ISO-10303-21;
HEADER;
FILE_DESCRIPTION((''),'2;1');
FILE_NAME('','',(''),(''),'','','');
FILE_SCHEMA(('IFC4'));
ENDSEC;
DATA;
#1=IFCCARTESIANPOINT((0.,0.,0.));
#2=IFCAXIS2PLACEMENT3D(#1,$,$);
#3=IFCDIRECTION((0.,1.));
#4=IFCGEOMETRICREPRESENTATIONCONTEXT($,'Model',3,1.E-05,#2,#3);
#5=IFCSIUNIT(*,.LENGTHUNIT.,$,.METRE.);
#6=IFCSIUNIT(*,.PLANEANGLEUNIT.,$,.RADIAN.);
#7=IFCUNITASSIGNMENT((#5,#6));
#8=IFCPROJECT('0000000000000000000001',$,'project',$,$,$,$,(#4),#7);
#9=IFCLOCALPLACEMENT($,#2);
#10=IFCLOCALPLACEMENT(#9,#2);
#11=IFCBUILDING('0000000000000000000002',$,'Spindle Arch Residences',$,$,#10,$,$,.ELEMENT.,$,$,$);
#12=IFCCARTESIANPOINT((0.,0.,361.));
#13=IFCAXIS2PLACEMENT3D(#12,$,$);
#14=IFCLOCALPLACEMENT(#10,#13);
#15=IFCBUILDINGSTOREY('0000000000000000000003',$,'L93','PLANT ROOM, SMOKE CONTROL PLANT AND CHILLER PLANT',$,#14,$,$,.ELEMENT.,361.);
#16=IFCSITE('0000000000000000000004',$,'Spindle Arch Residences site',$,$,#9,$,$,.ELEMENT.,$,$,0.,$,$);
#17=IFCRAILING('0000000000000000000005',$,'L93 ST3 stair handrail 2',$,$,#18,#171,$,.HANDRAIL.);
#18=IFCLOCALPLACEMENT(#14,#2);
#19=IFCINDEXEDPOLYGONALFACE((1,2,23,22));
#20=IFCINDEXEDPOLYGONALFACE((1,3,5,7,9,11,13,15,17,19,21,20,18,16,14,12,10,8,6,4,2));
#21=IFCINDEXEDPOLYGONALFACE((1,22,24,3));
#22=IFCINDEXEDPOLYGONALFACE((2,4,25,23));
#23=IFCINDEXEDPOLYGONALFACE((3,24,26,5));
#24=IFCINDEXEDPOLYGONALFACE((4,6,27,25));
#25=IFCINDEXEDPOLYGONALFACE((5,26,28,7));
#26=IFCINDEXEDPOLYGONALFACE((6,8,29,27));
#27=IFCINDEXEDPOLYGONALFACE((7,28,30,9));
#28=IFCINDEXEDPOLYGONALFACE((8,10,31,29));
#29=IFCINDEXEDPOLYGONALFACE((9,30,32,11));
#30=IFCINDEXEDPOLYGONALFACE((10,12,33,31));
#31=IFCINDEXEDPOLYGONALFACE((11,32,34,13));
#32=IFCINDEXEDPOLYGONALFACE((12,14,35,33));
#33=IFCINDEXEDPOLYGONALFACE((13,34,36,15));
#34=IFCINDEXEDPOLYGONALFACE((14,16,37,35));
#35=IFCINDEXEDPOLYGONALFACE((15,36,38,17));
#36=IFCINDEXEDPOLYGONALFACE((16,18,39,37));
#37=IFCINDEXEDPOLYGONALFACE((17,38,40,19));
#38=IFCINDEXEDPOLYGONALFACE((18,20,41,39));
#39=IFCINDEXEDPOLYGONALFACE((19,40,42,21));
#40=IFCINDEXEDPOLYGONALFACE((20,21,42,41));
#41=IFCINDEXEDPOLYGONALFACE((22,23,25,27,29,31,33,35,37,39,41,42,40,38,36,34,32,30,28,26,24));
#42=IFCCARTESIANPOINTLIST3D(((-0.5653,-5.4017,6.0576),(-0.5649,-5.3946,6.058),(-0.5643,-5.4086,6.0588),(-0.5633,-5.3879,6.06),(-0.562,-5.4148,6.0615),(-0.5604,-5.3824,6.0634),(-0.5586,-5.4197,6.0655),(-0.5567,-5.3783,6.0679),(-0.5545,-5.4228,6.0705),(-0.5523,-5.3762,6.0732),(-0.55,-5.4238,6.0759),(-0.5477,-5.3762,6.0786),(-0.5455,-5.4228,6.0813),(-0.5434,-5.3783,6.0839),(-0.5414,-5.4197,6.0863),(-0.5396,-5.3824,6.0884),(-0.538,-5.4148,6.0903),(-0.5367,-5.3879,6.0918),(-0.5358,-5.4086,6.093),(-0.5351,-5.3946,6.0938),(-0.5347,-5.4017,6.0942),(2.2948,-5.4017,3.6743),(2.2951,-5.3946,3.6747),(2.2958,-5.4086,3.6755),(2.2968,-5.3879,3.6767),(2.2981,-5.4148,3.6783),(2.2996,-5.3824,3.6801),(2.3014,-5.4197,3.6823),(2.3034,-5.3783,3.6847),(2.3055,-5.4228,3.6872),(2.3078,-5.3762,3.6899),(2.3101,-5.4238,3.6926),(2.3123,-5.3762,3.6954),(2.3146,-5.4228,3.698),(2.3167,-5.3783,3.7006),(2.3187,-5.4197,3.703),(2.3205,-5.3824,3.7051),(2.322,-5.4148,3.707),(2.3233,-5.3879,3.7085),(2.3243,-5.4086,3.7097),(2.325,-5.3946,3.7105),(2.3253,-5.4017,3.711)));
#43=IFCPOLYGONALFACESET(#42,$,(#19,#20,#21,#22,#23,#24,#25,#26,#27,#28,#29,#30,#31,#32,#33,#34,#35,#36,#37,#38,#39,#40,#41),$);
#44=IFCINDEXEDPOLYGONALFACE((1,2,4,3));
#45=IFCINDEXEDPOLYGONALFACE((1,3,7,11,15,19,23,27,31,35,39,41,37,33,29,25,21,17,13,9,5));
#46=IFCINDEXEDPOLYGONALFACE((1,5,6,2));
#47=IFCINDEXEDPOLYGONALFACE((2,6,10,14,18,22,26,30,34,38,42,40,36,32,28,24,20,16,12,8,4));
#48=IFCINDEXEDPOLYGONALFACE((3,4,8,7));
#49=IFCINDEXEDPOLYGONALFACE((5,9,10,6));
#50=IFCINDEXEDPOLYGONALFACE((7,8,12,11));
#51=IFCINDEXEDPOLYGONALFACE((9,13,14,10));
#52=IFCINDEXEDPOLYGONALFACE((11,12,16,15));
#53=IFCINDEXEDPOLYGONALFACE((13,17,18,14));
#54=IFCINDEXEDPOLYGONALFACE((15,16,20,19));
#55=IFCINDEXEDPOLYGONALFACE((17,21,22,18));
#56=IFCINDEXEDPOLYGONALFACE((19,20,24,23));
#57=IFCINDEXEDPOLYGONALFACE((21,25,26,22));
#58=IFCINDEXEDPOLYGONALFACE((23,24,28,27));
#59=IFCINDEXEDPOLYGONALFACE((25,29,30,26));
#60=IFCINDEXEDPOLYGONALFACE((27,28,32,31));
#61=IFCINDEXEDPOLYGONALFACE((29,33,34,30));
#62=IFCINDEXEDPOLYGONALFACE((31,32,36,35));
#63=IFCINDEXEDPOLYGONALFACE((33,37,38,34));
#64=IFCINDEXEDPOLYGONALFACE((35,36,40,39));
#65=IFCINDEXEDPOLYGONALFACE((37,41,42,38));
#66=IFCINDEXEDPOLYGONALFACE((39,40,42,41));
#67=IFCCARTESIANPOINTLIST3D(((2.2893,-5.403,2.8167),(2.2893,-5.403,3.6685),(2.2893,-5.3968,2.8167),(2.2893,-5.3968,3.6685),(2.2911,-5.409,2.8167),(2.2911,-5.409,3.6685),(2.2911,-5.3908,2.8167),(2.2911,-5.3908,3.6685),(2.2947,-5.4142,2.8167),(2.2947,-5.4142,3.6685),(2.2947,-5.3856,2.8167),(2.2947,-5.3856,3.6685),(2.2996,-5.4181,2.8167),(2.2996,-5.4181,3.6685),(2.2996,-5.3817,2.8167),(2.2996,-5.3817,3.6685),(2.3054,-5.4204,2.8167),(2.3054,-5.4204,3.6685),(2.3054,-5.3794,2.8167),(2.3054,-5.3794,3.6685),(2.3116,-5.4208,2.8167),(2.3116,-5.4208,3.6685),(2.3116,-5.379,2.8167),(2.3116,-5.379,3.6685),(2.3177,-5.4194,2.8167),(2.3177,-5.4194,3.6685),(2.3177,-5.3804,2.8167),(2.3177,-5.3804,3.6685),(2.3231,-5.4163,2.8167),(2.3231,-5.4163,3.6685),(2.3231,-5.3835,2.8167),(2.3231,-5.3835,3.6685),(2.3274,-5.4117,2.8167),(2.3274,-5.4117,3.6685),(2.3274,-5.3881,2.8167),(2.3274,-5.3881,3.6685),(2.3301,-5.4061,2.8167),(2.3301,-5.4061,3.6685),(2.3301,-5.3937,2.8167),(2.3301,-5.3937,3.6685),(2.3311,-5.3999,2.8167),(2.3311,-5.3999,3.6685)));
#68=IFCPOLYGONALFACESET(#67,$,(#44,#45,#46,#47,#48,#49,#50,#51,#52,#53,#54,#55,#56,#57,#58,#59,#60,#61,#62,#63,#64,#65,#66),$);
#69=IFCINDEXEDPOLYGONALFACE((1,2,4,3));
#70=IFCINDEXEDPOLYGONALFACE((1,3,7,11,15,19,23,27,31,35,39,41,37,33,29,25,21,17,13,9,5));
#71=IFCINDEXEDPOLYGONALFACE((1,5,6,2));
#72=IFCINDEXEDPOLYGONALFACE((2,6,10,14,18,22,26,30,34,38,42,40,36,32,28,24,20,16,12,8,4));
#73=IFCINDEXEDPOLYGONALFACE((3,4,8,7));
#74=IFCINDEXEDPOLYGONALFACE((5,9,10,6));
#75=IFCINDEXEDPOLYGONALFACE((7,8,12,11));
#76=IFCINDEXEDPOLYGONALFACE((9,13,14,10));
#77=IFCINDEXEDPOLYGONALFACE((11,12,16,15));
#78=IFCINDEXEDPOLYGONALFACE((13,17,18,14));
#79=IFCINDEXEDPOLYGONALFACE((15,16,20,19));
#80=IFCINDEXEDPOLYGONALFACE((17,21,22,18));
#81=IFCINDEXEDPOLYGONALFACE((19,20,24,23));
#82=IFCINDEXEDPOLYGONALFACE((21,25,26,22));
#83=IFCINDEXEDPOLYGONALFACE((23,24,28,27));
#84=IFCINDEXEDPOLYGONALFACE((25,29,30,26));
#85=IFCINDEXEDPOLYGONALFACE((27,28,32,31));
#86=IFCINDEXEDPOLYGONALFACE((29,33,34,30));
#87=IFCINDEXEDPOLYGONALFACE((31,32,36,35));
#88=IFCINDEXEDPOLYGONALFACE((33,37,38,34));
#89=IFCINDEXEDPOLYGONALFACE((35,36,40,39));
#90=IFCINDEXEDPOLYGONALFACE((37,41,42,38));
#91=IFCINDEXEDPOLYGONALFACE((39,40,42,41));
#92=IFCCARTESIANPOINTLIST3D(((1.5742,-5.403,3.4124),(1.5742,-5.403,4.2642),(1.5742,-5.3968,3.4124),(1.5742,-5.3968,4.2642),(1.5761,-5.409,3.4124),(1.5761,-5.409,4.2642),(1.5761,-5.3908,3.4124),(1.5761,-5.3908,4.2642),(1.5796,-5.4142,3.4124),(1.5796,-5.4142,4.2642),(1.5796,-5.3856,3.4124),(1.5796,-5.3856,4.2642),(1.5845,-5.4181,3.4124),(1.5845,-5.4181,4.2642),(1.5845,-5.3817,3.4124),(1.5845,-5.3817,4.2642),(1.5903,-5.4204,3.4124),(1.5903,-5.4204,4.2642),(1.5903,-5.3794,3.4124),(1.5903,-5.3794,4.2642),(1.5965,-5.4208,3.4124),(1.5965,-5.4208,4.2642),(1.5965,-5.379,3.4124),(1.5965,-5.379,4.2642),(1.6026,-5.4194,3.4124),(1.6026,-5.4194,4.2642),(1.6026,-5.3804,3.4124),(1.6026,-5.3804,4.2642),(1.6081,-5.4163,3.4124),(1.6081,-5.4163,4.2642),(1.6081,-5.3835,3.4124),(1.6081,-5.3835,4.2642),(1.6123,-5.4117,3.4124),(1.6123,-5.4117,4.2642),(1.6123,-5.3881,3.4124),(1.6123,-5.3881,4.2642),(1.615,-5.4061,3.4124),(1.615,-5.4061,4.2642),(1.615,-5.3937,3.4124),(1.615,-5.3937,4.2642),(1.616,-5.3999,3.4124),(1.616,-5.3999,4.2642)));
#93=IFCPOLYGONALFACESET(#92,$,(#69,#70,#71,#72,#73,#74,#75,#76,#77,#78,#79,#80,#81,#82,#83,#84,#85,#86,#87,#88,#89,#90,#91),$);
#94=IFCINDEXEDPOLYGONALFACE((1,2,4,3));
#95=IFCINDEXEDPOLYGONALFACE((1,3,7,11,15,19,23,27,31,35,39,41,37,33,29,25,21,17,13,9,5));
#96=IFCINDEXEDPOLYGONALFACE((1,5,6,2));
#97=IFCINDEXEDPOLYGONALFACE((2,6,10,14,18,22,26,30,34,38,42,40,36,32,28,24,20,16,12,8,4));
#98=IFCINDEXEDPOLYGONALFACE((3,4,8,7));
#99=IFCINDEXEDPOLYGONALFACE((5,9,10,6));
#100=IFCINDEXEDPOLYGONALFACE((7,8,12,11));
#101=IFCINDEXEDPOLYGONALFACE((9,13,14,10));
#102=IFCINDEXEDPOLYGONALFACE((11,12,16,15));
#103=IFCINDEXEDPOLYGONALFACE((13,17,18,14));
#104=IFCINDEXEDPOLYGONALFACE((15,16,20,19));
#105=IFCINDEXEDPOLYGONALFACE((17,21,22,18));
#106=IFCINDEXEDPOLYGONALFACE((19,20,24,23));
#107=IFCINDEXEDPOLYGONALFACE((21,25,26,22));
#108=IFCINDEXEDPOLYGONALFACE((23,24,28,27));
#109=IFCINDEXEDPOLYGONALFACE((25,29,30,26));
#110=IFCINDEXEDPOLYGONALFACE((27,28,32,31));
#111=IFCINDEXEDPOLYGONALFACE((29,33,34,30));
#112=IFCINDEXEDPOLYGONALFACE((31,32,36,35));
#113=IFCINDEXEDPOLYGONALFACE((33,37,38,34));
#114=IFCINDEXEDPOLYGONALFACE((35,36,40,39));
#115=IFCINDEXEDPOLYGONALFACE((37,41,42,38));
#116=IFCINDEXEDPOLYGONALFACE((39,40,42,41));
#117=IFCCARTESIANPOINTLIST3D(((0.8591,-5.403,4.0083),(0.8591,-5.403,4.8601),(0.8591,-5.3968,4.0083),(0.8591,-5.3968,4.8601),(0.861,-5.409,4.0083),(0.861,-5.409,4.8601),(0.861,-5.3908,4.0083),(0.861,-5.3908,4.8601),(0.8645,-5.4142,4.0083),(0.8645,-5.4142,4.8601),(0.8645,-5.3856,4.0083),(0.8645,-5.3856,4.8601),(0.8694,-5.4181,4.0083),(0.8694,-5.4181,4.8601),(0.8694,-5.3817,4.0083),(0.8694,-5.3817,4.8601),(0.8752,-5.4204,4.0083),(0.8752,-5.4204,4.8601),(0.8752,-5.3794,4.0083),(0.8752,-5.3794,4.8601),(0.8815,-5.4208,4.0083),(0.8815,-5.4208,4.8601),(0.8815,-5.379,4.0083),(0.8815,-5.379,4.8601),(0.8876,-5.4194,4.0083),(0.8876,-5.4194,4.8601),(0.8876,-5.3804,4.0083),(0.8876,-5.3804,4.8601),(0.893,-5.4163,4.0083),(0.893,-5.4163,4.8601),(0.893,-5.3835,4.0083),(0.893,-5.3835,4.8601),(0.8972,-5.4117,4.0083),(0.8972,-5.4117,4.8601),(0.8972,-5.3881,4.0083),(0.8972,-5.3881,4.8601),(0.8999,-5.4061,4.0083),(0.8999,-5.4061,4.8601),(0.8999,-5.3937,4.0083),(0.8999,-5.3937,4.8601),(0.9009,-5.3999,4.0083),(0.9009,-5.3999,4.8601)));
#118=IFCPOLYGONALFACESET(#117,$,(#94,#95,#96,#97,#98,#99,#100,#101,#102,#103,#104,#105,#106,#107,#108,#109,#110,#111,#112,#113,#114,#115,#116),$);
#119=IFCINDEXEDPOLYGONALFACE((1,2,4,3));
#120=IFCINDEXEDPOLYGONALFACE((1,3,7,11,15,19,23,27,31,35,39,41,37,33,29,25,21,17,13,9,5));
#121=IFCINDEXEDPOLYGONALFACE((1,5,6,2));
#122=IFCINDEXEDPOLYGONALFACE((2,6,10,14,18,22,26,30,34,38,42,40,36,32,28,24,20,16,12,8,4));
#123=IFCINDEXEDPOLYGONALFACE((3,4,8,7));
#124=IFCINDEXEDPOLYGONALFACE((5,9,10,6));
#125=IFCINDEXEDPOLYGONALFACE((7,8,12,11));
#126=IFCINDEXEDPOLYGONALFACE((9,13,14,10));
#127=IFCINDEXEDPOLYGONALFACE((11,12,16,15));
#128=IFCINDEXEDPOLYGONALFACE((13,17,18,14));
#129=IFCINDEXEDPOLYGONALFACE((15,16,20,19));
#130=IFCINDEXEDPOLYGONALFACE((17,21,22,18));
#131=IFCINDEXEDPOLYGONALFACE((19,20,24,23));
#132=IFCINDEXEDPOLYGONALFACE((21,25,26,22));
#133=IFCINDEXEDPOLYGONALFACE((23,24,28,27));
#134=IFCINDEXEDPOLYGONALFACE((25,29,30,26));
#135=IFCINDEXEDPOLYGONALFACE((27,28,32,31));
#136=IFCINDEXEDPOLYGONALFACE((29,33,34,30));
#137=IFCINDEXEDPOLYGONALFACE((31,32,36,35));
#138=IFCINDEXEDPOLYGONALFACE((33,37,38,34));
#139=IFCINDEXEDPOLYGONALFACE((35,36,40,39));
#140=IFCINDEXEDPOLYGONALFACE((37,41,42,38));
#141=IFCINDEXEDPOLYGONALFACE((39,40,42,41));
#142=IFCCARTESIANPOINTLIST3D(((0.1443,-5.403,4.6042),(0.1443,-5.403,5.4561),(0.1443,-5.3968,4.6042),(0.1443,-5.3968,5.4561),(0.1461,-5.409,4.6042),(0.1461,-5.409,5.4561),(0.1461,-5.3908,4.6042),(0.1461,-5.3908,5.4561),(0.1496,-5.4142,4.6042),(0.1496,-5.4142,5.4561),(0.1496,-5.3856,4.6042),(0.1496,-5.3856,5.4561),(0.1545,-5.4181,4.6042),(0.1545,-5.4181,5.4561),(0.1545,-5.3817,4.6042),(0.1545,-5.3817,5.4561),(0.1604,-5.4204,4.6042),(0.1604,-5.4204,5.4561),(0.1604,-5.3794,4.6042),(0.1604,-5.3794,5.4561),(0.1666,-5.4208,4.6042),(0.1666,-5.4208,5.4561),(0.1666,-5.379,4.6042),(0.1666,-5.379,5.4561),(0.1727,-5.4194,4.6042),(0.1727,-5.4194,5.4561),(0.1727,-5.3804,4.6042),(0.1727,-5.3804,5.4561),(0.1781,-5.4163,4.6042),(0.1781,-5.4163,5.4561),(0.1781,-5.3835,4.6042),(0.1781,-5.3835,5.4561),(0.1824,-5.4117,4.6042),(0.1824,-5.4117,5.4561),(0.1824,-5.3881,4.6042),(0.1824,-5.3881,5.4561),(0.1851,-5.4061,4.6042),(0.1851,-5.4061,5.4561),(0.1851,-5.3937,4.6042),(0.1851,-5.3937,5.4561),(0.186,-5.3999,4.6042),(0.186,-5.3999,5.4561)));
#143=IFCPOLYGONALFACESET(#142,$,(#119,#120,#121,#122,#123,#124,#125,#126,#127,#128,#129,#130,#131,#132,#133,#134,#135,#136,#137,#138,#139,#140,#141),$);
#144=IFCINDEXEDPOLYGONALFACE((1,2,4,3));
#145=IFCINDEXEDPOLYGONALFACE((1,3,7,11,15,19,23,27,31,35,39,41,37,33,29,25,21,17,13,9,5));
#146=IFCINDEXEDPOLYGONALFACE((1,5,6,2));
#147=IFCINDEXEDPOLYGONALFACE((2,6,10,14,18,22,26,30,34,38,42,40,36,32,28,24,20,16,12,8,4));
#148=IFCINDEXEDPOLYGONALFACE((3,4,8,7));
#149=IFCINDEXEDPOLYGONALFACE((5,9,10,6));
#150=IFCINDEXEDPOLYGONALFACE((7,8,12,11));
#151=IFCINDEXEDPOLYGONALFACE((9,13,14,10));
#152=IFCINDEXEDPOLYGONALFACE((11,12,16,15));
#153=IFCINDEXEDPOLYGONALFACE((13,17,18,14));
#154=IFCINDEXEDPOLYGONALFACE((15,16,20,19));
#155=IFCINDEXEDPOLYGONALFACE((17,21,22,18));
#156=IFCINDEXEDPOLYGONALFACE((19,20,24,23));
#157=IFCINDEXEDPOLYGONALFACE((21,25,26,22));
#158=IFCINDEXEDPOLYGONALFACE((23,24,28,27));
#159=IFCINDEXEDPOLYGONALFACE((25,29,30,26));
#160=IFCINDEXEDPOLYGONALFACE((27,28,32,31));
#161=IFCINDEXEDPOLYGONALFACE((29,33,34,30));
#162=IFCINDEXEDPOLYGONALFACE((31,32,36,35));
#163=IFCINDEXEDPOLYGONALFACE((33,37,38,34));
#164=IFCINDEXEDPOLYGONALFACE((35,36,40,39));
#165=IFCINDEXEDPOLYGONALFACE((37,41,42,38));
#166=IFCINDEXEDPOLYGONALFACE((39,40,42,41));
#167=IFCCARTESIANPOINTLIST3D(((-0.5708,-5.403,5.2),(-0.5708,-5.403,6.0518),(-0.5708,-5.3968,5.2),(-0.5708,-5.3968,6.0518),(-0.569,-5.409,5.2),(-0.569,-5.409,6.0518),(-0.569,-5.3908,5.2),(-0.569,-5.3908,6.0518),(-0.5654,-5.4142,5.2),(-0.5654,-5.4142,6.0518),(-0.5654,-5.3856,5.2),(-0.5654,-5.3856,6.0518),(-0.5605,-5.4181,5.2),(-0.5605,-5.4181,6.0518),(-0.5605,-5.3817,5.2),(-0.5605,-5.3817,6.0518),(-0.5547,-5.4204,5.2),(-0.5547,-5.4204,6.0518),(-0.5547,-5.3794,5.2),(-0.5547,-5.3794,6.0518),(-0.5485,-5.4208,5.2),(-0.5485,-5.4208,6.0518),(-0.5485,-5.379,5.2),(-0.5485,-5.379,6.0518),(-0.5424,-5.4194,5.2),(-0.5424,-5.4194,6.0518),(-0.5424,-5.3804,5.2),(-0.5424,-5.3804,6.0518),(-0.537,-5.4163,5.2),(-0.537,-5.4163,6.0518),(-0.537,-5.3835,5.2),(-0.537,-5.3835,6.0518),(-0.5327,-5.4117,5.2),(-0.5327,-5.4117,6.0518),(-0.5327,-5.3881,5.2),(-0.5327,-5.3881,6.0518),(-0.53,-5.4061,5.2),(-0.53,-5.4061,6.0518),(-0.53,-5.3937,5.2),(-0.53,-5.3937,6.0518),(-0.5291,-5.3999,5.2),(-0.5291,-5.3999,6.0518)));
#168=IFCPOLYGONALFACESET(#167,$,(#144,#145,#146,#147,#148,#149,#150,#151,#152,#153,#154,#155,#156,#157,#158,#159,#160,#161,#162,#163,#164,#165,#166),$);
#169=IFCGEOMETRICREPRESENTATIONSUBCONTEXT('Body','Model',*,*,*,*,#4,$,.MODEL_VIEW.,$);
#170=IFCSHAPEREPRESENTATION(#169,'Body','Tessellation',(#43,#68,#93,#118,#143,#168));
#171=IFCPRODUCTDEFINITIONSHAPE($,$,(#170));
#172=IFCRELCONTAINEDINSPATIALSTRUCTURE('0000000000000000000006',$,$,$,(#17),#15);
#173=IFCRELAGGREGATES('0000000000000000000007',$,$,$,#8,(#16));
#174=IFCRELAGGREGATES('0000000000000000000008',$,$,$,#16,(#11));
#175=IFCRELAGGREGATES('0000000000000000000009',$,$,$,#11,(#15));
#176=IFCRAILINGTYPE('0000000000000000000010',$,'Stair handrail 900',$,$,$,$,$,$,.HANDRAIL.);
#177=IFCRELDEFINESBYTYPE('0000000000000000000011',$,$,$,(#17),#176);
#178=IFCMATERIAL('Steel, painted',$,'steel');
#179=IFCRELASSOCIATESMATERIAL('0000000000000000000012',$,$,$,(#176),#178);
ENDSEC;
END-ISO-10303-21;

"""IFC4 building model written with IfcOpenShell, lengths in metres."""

from ifc_helpers import new_model, si_unit, direction, frame, origin, origin_2d, place, context, subcontext, project, spatial, circle, extrude, material, type_object, element, save


model = new_model("IFC4")

# Units and contexts
model_context = context("Model", 3, precision=1e-05, world=origin(), true_north=direction((0.0, 1.0)))
body_context = subcontext(model_context, "Body", "Model", "MODEL_VIEW")
ifc_project = project(units=[si_unit("LENGTHUNIT", "METRE"), si_unit("PLANEANGLEUNIT", "RADIAN")], contexts=[model_context])

# Site, building, storey
site_placement = place(None, origin())
site = spatial("IfcSite", under=ifc_project, at=site_placement, Name="Spindle Arch Residences site", CompositionType="ELEMENT", RefElevation=0.0)
building_placement = place(site_placement, origin())
building = spatial("IfcBuilding", under=site, at=building_placement, Name="Spindle Arch Residences", CompositionType="ELEMENT")
storey_placement = place(building_placement, frame((0.0, 0.0, 361.0)))
storey = spatial("IfcBuildingStorey", under=building, at=storey_placement, Name="L93", Description="PLANT ROOM, SMOKE CONTROL PLANT AND CHILLER PLANT", CompositionType="ELEMENT", Elevation=361.0)

# Railing
ifc_material_1 = material(Name="Steel, painted", Category="steel")
railing_type = type_object("IfcRailingType", Name="Stair handrail 900", PredefinedType="HANDRAIL", material=ifc_material_1)
railing_placement = place(storey_placement, frame((2.3101, -5.3999, 2.8167)))
element("IfcRailing", 1, at=railing_placement, inside=storey, type_object=railing_type, Name="L93 ST3 stair handrail 2", PredefinedType="HANDRAIL", context=body_context, shape_type="SweptSolid", body=[
    extrude(circle(Radius=0.0239, at=origin_2d()), frame((0.0, 0.0, 0.876), z_axis=(-0.768237, 0.0, 0.640165), x_axis=(0.0, -1.0, 0.0)), (0.0, 0.0, 1.0), 3.7229),
    extrude(circle(Radius=0.021, at=origin_2d()), origin(), (0.0, 0.0, 1.0), 0.8518),
    extrude(circle(Radius=0.021, at=origin_2d()), frame((-0.7151, 0.0, 0.5957)), (0.0, 0.0, 1.0), 0.8518),
    extrude(circle(Radius=0.021, at=origin_2d()), frame((-1.4302, 0.0, 1.1917)), (0.0, 0.0, 1.0), 0.8518),
    extrude(circle(Radius=0.021, at=origin_2d()), frame((-2.145, 0.0, 1.7876)), (0.0, 0.0, 1.0), 0.8518),
    extrude(circle(Radius=0.021, at=origin_2d()), frame((-2.8601, 0.0, 2.3833)), (0.0, 0.0, 1.0), 0.8518),
])

save(model, "model.ifc")
